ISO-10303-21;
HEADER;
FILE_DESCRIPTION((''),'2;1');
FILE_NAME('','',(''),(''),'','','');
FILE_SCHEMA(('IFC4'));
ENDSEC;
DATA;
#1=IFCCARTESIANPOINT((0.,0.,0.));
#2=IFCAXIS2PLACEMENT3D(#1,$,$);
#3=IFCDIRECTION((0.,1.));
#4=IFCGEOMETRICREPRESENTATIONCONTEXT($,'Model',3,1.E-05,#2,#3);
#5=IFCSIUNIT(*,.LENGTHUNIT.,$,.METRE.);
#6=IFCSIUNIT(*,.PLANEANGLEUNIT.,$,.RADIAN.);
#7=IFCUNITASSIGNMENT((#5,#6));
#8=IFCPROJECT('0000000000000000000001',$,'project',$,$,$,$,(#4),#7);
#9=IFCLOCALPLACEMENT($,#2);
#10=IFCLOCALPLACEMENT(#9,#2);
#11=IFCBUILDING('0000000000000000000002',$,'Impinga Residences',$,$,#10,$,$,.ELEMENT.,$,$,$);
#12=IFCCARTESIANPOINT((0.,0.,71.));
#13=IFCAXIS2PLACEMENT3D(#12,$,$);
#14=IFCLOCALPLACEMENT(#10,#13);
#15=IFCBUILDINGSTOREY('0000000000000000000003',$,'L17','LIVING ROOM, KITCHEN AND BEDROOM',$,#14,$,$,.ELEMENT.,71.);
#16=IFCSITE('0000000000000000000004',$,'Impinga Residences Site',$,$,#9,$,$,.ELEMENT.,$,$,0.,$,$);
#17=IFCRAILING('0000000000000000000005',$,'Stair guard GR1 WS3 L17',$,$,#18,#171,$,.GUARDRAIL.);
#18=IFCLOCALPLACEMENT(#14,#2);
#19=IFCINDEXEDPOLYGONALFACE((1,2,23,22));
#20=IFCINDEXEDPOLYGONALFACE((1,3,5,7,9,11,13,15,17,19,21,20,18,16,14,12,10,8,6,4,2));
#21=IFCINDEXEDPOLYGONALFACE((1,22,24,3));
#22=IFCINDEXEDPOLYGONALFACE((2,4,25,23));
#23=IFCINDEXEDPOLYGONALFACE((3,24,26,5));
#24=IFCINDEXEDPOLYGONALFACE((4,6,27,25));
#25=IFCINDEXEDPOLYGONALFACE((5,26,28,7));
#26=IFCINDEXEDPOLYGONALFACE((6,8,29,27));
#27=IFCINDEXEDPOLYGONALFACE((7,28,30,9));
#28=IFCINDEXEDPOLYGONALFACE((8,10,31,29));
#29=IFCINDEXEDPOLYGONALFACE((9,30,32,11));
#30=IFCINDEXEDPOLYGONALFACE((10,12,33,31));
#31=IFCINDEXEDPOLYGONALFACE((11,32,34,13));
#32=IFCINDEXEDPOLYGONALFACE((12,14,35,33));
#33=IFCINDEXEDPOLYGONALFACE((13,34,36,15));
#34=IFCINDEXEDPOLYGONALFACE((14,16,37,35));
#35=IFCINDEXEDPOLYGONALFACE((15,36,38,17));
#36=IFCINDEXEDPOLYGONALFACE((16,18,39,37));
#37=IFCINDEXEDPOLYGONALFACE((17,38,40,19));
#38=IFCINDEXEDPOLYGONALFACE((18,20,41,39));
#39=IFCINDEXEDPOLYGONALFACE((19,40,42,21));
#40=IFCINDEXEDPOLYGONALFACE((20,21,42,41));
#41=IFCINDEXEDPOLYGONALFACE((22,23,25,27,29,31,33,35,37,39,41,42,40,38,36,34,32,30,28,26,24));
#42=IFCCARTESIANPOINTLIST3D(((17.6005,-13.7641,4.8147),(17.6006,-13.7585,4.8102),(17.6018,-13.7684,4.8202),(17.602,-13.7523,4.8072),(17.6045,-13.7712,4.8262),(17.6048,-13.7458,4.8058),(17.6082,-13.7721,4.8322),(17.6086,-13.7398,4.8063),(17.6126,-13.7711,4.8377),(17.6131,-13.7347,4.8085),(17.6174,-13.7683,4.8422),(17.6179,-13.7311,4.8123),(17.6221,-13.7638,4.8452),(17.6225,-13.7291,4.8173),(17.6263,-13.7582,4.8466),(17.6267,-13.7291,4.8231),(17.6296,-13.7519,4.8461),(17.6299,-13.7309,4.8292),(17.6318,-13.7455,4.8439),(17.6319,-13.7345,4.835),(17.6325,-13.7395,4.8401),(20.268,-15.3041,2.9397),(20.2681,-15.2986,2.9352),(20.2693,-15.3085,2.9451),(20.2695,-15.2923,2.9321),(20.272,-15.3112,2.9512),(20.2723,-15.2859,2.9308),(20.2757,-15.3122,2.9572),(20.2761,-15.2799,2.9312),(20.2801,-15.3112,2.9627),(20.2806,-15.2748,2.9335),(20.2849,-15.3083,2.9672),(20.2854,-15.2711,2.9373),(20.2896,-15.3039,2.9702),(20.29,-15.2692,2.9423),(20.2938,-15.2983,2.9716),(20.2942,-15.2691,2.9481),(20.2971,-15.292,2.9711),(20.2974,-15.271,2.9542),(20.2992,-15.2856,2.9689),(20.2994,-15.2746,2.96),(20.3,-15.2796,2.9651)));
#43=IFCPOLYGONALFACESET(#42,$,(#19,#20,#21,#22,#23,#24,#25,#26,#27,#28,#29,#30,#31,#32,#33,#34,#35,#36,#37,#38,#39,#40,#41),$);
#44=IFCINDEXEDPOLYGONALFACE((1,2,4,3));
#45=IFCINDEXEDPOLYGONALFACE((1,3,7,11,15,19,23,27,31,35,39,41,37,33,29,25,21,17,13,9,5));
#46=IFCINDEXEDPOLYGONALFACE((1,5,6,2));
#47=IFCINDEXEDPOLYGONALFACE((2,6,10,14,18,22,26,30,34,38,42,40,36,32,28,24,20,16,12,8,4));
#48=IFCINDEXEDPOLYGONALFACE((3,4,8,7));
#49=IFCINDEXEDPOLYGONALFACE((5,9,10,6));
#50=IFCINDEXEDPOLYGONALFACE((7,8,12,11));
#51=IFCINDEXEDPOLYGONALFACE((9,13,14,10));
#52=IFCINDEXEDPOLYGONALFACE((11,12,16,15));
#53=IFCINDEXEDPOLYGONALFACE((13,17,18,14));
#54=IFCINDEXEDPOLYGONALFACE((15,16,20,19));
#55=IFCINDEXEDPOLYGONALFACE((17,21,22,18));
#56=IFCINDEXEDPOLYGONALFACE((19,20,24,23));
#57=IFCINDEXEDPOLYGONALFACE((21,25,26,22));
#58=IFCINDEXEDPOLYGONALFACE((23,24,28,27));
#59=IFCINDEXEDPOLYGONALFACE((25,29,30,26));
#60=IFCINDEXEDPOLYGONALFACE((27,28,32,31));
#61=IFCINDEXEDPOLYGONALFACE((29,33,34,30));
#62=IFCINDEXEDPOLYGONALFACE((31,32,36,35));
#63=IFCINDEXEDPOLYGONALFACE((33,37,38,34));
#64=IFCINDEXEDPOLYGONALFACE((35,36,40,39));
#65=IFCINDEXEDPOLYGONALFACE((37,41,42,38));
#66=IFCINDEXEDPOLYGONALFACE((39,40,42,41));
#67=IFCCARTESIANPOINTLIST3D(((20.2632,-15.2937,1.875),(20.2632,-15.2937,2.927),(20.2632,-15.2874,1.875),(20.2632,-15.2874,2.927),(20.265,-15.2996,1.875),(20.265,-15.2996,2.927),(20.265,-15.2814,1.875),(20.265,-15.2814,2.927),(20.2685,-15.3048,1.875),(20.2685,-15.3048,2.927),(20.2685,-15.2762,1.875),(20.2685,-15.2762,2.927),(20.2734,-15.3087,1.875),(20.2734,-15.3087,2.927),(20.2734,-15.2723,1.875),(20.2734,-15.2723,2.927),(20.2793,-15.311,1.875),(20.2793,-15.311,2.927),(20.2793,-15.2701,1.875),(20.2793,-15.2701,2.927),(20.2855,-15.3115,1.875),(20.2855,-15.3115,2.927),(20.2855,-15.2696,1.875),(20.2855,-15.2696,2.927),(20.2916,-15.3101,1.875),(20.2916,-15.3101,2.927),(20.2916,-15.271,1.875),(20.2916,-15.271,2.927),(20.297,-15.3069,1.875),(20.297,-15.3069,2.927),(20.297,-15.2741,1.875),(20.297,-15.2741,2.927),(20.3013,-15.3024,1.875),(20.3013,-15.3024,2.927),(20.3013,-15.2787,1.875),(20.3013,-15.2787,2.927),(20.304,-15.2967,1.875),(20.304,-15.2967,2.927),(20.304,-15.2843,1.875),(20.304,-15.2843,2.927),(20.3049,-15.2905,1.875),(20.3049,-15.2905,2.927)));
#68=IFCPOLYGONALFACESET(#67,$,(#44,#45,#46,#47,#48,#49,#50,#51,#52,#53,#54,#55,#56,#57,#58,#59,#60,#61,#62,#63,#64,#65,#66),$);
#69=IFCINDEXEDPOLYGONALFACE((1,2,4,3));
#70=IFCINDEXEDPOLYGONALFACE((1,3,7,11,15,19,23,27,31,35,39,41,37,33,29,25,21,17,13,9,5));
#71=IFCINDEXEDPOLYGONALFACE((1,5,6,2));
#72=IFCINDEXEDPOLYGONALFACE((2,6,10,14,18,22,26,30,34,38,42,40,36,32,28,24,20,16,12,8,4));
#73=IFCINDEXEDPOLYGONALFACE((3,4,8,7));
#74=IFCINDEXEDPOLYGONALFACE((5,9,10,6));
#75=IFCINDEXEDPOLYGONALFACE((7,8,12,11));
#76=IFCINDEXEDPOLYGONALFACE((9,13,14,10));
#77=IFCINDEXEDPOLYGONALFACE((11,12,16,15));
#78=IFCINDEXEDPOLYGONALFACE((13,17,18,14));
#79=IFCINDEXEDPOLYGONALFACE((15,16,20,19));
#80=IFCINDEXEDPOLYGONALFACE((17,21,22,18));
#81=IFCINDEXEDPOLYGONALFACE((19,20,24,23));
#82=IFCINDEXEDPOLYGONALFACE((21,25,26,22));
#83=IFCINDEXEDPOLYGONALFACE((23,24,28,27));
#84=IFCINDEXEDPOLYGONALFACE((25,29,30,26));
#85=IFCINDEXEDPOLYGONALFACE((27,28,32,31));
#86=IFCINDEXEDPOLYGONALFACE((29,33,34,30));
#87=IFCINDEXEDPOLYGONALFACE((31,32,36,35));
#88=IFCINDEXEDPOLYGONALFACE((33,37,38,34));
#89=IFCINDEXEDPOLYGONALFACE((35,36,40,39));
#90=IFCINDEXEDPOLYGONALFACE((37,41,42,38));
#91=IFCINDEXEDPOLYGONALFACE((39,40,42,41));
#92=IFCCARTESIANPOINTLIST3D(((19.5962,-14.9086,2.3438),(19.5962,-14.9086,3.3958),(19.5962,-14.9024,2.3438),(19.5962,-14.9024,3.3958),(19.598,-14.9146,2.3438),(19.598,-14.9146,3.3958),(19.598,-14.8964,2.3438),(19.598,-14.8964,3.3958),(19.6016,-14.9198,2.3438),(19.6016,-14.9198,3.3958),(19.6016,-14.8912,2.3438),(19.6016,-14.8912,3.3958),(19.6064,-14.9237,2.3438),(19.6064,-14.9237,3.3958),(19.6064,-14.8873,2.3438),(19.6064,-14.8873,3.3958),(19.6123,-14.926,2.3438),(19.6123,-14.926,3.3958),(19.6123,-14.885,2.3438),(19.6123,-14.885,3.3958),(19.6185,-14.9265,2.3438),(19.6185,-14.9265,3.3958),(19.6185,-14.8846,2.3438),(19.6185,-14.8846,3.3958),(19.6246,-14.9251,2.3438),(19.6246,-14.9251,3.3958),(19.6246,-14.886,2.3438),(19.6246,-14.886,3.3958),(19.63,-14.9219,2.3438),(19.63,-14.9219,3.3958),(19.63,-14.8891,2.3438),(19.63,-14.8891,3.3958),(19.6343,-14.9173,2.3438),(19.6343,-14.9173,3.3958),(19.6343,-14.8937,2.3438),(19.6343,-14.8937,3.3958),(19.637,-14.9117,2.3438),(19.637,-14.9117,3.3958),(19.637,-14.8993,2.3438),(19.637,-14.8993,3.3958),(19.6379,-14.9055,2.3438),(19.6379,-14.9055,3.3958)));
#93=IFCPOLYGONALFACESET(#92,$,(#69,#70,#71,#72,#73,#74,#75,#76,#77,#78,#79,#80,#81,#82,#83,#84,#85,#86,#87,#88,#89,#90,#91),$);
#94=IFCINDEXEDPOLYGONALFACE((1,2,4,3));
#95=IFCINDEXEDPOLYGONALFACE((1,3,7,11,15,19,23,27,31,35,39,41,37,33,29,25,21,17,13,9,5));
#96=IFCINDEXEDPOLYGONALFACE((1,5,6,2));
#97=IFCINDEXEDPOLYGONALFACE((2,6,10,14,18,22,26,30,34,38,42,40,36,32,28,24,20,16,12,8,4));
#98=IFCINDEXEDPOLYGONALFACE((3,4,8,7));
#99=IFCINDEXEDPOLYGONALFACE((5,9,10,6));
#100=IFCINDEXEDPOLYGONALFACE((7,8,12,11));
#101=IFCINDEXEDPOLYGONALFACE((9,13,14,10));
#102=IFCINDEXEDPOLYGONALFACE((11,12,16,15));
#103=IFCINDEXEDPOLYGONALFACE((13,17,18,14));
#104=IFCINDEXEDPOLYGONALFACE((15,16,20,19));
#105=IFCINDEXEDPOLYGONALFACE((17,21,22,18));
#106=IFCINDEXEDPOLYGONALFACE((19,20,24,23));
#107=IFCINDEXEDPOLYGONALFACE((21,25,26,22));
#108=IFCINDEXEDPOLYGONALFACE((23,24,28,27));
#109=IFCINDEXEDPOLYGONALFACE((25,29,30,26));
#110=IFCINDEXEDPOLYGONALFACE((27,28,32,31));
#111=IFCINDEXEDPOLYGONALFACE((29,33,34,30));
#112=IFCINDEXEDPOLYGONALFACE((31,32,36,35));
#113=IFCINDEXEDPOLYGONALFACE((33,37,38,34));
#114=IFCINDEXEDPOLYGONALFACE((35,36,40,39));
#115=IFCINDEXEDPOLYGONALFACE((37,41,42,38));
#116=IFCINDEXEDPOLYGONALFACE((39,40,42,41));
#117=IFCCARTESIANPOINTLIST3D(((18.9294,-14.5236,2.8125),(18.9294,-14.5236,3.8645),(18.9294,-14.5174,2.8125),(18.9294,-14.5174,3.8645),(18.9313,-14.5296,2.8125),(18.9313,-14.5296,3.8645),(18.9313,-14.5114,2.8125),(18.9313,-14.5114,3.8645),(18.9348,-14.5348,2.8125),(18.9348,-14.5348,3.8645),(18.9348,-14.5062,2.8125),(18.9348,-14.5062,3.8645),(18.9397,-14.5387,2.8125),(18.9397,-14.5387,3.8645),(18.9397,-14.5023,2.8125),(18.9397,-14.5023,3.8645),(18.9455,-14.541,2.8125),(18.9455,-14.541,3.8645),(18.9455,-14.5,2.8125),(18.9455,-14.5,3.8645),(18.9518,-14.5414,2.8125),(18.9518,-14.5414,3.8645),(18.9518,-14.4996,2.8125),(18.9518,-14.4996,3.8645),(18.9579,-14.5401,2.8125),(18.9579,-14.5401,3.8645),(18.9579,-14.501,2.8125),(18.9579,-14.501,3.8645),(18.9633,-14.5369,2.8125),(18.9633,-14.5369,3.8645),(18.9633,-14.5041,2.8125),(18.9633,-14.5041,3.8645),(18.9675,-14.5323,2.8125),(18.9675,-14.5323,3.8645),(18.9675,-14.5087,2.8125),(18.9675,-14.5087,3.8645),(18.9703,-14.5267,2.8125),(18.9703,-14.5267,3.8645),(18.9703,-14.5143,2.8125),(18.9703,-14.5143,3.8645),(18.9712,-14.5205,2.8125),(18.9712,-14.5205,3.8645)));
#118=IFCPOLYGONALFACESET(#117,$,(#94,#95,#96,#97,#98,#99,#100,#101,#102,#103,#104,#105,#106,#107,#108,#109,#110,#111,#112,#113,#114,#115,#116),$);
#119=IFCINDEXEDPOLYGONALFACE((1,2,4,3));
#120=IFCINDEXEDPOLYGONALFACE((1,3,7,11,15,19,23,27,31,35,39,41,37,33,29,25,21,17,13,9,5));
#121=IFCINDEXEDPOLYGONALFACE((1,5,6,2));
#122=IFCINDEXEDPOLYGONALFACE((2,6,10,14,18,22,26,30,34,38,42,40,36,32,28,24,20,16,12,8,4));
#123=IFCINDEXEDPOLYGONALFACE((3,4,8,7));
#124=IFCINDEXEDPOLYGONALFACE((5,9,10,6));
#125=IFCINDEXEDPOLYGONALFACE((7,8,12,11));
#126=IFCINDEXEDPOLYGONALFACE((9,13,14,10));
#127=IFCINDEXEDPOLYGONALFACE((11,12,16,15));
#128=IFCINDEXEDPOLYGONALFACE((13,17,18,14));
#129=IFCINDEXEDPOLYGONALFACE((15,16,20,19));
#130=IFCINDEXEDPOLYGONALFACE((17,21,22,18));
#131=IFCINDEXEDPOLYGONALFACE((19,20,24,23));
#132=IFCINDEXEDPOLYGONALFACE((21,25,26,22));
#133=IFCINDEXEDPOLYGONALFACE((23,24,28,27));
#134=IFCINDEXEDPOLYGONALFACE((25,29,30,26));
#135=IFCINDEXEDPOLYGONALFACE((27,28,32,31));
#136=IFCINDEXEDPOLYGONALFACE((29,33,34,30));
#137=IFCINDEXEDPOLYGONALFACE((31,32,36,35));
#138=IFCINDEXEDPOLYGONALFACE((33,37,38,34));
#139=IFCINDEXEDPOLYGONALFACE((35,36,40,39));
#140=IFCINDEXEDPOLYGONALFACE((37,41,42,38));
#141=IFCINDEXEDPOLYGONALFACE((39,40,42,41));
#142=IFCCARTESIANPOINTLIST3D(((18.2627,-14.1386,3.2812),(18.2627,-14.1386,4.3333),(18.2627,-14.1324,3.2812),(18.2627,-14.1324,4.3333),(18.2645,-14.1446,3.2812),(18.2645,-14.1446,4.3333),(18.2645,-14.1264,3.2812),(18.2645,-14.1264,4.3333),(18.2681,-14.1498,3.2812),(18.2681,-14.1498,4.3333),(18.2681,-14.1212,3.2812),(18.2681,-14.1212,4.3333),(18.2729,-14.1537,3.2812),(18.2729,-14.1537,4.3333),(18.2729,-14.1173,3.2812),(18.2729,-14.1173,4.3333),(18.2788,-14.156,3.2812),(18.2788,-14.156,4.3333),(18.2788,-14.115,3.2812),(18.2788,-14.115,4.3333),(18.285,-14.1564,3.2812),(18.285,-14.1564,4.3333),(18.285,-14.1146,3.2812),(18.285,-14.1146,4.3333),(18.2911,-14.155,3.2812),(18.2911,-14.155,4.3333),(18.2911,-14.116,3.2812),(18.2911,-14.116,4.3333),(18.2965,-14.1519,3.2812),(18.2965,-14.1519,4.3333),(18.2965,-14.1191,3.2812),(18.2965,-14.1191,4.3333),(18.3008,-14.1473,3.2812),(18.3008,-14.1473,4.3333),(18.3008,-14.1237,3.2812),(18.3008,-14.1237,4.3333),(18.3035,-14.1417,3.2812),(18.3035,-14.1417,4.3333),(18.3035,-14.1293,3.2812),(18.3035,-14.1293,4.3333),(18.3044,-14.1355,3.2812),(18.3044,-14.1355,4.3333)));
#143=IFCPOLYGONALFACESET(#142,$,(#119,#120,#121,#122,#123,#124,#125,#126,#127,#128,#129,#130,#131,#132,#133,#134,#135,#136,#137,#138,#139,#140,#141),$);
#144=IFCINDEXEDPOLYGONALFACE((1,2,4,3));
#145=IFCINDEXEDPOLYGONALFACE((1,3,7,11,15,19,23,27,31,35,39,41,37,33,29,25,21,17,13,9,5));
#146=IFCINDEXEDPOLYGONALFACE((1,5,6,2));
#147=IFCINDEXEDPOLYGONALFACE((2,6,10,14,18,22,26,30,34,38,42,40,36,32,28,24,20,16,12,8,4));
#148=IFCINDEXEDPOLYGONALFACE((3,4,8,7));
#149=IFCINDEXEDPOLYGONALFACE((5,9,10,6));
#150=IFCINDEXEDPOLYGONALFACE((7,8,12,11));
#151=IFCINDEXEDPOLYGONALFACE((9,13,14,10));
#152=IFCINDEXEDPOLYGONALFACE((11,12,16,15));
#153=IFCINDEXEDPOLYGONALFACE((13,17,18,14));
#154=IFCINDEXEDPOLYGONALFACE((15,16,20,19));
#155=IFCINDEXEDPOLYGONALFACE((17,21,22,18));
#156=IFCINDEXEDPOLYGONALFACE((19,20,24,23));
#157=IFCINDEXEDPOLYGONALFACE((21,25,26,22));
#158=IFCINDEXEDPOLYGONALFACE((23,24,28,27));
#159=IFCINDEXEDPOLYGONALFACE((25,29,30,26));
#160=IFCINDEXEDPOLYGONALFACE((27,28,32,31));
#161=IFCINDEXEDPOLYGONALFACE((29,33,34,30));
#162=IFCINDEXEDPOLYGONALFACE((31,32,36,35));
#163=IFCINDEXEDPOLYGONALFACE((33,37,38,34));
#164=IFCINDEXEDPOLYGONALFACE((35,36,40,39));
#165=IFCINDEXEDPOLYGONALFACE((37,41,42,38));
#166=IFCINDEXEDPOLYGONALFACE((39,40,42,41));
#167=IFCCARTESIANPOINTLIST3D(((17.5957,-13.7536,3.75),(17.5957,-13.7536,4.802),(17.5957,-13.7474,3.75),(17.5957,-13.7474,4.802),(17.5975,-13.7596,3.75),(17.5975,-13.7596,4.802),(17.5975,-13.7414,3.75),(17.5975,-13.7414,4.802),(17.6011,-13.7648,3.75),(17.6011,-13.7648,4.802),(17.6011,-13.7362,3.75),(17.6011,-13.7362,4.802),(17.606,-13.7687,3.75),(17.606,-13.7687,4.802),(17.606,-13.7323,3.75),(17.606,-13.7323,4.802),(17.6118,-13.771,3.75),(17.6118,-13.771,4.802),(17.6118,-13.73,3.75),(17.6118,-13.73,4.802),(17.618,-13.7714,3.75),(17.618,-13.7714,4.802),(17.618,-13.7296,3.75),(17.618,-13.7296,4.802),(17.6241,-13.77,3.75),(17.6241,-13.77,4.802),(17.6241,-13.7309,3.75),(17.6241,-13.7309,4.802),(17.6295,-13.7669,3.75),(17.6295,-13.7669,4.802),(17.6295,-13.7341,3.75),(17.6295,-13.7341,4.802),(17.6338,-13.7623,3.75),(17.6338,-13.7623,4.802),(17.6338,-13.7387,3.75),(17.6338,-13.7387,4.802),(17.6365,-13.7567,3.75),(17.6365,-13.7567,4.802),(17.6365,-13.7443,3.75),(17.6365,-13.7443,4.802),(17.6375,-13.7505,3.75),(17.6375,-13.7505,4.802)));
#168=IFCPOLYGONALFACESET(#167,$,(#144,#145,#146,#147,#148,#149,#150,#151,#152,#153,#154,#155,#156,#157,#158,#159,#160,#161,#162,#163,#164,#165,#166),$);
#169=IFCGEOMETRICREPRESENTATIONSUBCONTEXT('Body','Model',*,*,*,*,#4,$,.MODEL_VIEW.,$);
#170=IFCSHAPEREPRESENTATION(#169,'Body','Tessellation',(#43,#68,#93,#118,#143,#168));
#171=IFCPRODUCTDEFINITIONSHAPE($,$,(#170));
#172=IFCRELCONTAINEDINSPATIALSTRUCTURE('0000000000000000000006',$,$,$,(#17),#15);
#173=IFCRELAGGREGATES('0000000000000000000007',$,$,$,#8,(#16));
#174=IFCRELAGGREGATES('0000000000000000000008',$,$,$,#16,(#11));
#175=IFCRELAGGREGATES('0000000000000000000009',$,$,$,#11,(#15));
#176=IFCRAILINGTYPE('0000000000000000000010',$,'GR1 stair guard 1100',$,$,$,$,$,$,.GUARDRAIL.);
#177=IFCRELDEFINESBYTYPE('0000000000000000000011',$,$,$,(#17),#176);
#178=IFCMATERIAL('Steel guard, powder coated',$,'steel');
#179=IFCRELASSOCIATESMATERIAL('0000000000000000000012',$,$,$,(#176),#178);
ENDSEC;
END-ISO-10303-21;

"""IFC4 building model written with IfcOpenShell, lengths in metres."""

from ifc_helpers import new_model, si_unit, direction, frame, origin, origin_2d, place, context, subcontext, project, spatial, circle, extrude, material, type_object, element, save


model = new_model("IFC4")

# Units and contexts
model_context = context("Model", 3, precision=1e-05, world=origin(), true_north=direction((0.0, 1.0)))
body_context = subcontext(model_context, "Body", "Model", "MODEL_VIEW")
ifc_project = project(units=[si_unit("LENGTHUNIT", "METRE"), si_unit("PLANEANGLEUNIT", "RADIAN")], contexts=[model_context])

# Site, building, storey
site_placement = place(None, origin())
site = spatial("IfcSite", under=ifc_project, at=site_placement, Name="Impinga Residences Site", CompositionType="ELEMENT", RefElevation=0.0)
building_placement = place(site_placement, origin())
building = spatial("IfcBuilding", under=site, at=building_placement, Name="Impinga Residences", CompositionType="ELEMENT")
storey_placement = place(building_placement, frame((0.0, 0.0, 71.0)))
storey = spatial("IfcBuildingStorey", under=building, at=storey_placement, Name="L17", Description="LIVING ROOM, KITCHEN AND BEDROOM", CompositionType="ELEMENT", Elevation=71.0)

# Railing
ifc_material_1 = material(Name="Steel guard, powder coated", Category="steel")
railing_type_1 = type_object("IfcRailingType", Name="GR1 stair guard 1100", PredefinedType="GUARDRAIL", material=ifc_material_1)
railing_1_placement = place(storey_placement, frame((20.2839, -15.2905, 1.875)))
element("IfcRailing", 1, at=railing_1_placement, inside=storey, type_object=railing_type_1, Name="Stair guard GR1 WS3 L17", PredefinedType="GUARDRAIL", context=body_context, shape_type="SweptSolid", body=[
    extrude(circle(Radius=0.0239, at=origin_2d()), frame((0.0, 0.0, 1.0762), z_axis=(-0.739746, 0.427084, 0.519975), x_axis=(-0.499992, -0.86603, 0.0)), (0.0, 0.0, 1.0), 3.606),
    extrude(circle(Radius=0.021, at=origin_2d()), origin(), (0.0, 0.0, 1.0), 1.052),
    extrude(circle(Radius=0.021, at=origin_2d()), frame((-0.667, 0.385, 0.4688)), (0.0, 0.0, 1.0), 1.052),
    extrude(circle(Radius=0.021, at=origin_2d()), frame((-1.3337, 0.77, 0.9375)), (0.0, 0.0, 1.0), 1.052),
    extrude(circle(Radius=0.021, at=origin_2d()), frame((-2.0005, 1.155, 1.4062)), (0.0, 0.0, 1.0), 1.052),
    extrude(circle(Radius=0.021, at=origin_2d()), frame((-2.6675, 1.54, 1.875)), (0.0, 0.0, 1.0), 1.052),
])

save(model, "model.ifc")
